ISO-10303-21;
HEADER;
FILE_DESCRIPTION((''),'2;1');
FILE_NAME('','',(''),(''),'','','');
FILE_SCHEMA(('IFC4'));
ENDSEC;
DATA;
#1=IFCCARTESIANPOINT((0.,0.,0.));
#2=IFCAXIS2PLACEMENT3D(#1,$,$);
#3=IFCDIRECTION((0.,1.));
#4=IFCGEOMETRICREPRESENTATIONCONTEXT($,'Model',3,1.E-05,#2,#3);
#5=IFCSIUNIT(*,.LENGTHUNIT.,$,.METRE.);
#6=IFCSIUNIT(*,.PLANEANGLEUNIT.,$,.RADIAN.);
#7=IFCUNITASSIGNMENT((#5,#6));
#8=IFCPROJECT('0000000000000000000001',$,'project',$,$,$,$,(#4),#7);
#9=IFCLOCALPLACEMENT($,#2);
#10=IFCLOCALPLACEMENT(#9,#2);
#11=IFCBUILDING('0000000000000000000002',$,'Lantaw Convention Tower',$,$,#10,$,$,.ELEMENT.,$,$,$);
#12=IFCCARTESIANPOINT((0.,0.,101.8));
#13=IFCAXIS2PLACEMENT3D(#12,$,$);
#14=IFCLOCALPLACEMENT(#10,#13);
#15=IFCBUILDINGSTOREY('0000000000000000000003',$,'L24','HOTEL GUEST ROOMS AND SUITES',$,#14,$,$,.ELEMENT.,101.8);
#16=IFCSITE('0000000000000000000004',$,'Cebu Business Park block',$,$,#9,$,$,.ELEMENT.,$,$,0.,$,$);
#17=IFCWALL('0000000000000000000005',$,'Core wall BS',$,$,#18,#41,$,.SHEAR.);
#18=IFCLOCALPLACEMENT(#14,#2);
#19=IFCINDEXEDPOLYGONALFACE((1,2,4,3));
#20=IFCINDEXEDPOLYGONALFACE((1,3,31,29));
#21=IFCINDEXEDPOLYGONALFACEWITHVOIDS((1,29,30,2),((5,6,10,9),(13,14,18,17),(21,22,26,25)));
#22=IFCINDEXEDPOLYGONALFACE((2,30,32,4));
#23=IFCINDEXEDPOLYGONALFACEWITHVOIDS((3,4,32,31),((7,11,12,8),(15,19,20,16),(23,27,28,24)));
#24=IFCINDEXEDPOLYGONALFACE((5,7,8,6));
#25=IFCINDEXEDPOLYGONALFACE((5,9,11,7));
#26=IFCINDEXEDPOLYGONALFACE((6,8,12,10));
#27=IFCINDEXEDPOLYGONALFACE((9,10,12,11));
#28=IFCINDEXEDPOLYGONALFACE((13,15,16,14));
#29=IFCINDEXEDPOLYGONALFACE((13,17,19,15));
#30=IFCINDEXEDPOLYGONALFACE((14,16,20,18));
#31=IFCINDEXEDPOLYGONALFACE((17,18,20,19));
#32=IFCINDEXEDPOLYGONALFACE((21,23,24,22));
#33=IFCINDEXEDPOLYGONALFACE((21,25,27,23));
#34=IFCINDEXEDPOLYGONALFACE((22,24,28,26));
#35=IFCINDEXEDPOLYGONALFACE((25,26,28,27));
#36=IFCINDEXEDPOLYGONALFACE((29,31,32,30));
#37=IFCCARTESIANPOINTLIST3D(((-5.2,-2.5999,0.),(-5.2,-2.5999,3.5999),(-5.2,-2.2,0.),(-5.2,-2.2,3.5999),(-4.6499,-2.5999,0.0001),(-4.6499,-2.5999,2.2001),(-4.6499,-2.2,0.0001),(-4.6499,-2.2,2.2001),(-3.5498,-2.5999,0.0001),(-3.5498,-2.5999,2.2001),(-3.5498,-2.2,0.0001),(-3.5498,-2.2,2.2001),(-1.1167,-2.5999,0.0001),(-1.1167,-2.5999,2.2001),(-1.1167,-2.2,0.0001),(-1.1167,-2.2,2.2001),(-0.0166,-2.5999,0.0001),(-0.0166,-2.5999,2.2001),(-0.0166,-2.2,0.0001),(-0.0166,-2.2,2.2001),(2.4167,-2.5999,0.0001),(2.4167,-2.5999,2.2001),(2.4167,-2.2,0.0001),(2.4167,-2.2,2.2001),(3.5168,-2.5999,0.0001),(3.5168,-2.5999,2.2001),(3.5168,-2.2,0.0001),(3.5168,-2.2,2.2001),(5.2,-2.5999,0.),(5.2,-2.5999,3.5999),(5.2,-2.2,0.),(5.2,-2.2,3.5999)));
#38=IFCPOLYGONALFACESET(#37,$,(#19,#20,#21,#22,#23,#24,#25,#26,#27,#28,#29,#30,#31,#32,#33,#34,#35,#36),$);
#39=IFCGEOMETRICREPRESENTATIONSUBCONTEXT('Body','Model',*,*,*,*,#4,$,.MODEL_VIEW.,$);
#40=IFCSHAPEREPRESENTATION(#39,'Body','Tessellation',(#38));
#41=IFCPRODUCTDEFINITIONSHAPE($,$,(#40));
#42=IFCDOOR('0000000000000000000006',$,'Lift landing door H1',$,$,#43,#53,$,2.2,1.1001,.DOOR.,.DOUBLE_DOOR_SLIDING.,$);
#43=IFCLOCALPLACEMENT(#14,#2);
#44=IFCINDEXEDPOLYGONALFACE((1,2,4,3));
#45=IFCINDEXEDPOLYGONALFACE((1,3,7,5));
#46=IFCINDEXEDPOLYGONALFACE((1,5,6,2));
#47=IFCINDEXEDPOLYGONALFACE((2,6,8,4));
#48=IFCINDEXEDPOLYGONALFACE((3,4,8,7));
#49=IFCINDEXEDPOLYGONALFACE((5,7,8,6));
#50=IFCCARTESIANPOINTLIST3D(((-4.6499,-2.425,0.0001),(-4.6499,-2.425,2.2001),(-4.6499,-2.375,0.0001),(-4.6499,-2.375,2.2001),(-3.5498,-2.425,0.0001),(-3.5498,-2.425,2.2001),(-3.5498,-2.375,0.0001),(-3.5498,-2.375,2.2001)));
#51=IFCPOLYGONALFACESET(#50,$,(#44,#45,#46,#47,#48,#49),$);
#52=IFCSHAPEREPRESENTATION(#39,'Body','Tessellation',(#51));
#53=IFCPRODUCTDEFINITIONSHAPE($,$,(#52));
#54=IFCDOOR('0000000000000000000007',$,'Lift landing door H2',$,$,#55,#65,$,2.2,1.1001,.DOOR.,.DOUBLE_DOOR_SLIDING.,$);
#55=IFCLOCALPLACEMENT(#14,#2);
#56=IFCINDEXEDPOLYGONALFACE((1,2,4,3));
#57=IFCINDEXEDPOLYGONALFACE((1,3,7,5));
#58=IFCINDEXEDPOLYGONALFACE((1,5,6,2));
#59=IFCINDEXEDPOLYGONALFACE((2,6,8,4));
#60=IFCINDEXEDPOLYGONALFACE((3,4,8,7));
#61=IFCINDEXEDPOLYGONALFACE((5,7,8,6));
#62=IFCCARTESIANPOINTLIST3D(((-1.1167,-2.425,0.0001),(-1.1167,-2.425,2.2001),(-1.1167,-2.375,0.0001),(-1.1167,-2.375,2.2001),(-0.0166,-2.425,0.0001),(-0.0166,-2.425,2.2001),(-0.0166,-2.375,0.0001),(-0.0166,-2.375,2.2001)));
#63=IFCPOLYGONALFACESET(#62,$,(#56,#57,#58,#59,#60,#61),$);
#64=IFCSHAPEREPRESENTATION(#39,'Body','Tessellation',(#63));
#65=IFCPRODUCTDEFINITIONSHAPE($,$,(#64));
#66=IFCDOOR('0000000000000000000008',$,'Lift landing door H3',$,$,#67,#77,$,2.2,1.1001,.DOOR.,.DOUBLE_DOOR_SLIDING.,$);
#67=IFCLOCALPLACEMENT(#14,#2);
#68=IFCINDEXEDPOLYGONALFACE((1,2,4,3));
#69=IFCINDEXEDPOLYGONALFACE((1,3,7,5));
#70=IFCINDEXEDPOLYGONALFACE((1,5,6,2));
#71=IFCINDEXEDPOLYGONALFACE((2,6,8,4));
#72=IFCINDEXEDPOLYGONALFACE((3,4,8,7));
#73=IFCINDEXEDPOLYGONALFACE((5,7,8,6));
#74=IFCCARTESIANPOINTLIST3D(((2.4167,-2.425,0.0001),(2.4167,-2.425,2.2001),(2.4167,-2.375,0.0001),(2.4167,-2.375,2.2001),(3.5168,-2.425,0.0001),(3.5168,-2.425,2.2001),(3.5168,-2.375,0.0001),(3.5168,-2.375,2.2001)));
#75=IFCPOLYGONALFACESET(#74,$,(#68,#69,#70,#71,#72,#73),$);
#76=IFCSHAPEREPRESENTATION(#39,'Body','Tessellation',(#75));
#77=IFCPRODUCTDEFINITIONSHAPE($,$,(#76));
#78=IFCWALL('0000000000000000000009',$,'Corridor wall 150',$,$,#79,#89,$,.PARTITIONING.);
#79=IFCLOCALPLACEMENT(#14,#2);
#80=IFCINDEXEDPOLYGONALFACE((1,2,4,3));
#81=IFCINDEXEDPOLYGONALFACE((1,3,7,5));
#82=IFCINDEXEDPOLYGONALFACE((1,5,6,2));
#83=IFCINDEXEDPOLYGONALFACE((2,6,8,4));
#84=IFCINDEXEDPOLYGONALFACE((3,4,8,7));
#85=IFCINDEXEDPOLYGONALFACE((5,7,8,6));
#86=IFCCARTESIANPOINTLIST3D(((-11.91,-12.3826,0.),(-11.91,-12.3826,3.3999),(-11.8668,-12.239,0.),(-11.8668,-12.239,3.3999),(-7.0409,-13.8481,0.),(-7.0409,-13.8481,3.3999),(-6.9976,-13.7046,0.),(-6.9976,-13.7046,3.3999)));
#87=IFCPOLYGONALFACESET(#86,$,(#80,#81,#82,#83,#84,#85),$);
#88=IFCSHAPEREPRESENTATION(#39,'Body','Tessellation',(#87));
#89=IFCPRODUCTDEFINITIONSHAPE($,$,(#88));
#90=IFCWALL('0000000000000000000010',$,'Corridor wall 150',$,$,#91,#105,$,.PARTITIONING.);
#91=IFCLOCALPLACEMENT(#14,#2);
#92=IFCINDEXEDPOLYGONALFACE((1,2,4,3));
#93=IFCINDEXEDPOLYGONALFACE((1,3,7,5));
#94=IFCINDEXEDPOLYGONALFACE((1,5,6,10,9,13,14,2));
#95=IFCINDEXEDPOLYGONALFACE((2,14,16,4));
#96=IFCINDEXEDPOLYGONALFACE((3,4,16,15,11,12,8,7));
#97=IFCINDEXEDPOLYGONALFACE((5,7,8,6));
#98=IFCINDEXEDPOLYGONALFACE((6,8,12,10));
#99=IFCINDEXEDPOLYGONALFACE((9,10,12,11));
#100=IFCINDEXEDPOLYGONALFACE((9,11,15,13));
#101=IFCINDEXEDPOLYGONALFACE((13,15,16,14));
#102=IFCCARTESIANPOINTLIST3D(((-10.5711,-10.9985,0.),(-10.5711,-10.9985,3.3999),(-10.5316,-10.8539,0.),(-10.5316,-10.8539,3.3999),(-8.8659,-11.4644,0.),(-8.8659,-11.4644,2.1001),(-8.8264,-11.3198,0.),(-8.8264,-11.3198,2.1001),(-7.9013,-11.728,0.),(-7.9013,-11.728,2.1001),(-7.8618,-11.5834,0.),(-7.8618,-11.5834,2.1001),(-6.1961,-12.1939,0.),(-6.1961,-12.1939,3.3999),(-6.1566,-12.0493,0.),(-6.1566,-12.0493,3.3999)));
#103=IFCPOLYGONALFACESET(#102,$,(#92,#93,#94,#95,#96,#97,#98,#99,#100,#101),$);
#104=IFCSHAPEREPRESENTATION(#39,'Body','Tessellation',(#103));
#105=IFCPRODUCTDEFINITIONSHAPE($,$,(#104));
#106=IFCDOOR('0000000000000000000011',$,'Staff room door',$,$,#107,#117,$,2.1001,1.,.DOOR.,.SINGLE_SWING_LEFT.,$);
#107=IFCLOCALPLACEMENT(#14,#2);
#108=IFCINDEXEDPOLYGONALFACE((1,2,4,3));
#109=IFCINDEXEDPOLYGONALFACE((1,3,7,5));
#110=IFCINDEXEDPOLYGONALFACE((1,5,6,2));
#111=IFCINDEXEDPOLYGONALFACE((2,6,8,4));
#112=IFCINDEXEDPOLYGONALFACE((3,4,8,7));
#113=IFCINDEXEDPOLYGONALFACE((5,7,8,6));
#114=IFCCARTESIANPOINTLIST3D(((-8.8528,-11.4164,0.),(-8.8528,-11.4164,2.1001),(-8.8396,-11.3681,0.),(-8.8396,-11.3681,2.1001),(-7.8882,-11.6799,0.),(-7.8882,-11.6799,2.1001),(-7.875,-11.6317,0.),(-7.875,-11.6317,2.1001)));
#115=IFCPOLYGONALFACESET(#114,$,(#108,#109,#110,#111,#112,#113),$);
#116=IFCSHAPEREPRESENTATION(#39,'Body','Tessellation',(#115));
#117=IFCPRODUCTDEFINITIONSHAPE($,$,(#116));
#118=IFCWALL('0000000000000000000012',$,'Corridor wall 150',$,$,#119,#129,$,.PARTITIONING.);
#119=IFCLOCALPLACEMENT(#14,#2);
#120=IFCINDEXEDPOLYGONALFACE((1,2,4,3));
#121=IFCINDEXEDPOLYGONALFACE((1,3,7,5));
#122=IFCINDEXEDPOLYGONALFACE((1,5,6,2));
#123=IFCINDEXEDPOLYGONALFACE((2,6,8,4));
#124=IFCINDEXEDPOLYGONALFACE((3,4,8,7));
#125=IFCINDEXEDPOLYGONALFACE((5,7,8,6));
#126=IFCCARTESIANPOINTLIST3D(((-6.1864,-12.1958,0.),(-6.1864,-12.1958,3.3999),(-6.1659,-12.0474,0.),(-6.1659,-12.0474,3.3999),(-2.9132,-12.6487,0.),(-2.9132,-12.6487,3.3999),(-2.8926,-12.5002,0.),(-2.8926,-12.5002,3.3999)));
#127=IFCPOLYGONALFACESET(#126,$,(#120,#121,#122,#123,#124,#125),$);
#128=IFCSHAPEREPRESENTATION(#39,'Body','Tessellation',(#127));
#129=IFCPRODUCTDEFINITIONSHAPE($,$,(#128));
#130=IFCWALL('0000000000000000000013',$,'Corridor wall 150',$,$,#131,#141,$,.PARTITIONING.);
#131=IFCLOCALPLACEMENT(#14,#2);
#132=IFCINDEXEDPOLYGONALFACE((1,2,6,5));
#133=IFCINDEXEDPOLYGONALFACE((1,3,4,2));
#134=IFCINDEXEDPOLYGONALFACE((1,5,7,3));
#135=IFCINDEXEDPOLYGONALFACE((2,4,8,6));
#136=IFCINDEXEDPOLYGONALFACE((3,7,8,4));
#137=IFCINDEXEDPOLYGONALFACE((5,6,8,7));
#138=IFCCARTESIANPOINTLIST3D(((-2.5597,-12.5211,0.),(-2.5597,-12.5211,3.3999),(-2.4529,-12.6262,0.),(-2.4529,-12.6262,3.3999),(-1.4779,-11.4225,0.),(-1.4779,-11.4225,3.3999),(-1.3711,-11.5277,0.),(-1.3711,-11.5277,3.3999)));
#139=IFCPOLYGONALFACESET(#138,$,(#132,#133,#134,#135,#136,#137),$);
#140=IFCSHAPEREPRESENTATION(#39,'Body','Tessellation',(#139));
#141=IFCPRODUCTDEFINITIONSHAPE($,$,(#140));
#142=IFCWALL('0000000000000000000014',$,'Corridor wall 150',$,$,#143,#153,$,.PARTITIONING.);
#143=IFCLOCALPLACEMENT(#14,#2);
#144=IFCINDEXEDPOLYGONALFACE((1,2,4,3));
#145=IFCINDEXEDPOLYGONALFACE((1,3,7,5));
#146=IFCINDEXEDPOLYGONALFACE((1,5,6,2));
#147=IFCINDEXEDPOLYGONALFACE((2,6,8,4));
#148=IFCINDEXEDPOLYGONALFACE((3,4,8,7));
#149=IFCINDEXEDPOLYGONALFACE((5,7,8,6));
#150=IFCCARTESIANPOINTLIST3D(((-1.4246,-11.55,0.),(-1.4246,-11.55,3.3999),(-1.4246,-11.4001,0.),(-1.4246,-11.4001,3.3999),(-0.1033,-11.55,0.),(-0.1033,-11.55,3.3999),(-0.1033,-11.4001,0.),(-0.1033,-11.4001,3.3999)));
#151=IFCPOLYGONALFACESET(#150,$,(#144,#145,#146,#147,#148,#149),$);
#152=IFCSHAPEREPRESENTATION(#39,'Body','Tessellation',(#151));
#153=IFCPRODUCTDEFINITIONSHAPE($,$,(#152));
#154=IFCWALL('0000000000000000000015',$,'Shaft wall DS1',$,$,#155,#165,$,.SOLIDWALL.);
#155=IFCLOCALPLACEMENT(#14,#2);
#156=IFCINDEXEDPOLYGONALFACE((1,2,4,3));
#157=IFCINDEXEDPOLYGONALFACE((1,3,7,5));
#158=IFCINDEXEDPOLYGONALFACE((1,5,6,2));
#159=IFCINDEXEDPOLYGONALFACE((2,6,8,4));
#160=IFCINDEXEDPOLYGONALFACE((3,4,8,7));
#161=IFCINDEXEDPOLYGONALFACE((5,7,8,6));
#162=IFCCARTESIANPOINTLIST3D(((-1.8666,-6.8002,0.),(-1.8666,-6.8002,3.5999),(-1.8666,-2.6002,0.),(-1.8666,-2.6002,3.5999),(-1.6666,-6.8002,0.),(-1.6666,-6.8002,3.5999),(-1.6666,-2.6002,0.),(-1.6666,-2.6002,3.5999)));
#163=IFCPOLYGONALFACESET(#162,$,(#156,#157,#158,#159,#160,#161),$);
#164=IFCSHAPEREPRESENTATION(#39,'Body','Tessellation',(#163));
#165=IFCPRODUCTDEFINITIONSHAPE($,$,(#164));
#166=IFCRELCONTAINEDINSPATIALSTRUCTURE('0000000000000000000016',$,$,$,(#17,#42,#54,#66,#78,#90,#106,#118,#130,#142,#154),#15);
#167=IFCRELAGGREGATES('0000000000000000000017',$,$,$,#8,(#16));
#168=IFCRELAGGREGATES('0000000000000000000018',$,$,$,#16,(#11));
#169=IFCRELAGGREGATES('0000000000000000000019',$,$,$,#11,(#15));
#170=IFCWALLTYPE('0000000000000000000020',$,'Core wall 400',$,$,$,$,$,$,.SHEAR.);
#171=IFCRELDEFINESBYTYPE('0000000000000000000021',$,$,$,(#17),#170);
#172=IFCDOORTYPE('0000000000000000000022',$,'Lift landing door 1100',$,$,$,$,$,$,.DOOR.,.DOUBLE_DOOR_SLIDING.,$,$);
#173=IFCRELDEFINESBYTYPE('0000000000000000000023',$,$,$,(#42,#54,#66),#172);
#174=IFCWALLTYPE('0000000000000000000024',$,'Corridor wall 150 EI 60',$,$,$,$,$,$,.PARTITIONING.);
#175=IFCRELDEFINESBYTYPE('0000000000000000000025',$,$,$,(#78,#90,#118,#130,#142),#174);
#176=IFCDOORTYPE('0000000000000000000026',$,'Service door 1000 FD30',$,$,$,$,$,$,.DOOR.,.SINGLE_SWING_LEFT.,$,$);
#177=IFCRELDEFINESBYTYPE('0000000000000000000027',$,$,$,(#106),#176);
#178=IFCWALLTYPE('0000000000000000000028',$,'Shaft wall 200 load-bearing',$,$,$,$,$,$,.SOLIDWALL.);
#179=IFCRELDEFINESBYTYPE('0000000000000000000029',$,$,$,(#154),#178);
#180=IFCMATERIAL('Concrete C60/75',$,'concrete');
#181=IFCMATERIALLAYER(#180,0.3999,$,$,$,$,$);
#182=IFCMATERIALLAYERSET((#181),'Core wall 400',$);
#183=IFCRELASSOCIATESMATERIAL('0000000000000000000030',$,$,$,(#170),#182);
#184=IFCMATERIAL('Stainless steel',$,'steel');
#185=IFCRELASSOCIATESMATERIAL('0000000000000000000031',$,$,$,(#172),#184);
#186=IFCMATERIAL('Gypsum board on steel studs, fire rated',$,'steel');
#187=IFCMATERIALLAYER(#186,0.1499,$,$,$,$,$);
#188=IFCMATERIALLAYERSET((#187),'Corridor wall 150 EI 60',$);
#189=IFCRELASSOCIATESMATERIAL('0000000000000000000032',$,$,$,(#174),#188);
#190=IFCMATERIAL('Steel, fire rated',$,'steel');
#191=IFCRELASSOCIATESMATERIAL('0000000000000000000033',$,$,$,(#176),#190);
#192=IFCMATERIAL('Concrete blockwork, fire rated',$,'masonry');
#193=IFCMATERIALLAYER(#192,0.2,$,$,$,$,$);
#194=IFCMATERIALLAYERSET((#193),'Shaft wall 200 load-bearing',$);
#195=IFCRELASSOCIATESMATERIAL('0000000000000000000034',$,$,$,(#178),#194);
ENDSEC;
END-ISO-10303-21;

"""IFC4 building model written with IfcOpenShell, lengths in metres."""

from ifc_helpers import new_model, si_unit, direction, frame, frame_2d, origin, place, context, subcontext, project, spatial, rectangle, extrude, material, layer, layer_set, type_object, element, fill, save


model = new_model("IFC4")

# Units and contexts
model_context = context("Model", 3, precision=1e-05, world=origin(), true_north=direction((0.0, 1.0)))
body_context = subcontext(model_context, "Body", "Model", "MODEL_VIEW")
ifc_project = project(units=[si_unit("LENGTHUNIT", "METRE"), si_unit("PLANEANGLEUNIT", "RADIAN")], contexts=[model_context])

# Site, building, storey
site_placement = place(None, origin())
site = spatial("IfcSite", under=ifc_project, at=site_placement, Name="Cebu Business Park block", CompositionType="ELEMENT", RefElevation=0.0)
building_placement = place(site_placement, origin())
building = spatial("IfcBuilding", under=site, at=building_placement, Name="Lantaw Convention Tower", CompositionType="ELEMENT")
storey_placement = place(building_placement, frame((0.0, 0.0, 101.8)))
storey = spatial("IfcBuildingStorey", under=building, at=storey_placement, Name="L24", Description="HOTEL GUEST ROOMS AND SUITES", CompositionType="ELEMENT", Elevation=101.8)

# Shared definitions
ifc_material_1 = material(Name="Concrete C60/75", Category="concrete")
ifc_material_2 = material(Name="Steel, fire rated", Category="steel")

# Wall, openings, doors
ifc_layer_1 = layer(ifc_material_1, 0.3999)
ifc_layer_set_1 = layer_set([ifc_layer_1], Name="Core wall 400")
wall_type_1 = type_object("IfcWallType", Name="Core wall 400", PredefinedType="SHEAR", material=ifc_layer_set_1)
wall_1_placement = place(storey_placement, frame((-5.2, -2.3999, 0.0), z_axis=(0.0, 0.0, 1.0), x_axis=(1.0, 0.0, 0.0)))
wall_1 = element("IfcWall", 1, at=wall_1_placement, inside=storey, type_object=wall_type_1, Name="Core wall BS", PredefinedType="SHEAR", context=body_context, shape_type="SweptSolid", body=[
    extrude(rectangle(XDim=10.3999, YDim=0.3999, at=frame_2d((5.2, 0.0))), origin(), (0.0, 0.0, 1.0), 3.5999),
])
opening_1_placement = place(wall_1_placement, frame((0.55, 0.0, 0.0)))
opening_1 = element("IfcOpeningElement", 2, at=opening_1_placement, cuts=wall_1, PredefinedType="OPENING", context=body_context, shape_type="SweptSolid", body=[
    extrude(rectangle(XDim=1.1001, YDim=2.2, at=frame_2d((0.55, 1.1001))), frame((0.0, 0.21, 0.0), z_axis=(0.0, -1.0, 0.0), x_axis=(1.0, 0.0, 0.0)), (0.0, 0.0, 1.0), 0.4199),
])
opening_2_placement = place(wall_1_placement, frame((4.0833, 0.0, 0.0)))
opening_2 = element("IfcOpeningElement", 3, at=opening_2_placement, cuts=wall_1, PredefinedType="OPENING", context=body_context, shape_type="SweptSolid", body=[
    extrude(rectangle(XDim=1.1001, YDim=2.2, at=frame_2d((0.55, 1.1001))), frame((0.0, 0.21, 0.0), z_axis=(0.0, -1.0, 0.0), x_axis=(1.0, 0.0, 0.0)), (0.0, 0.0, 1.0), 0.4199),
])
opening_3_placement = place(wall_1_placement, frame((7.6167, 0.0, 0.0)))
opening_3 = element("IfcOpeningElement", 4, at=opening_3_placement, cuts=wall_1, PredefinedType="OPENING", context=body_context, shape_type="SweptSolid", body=[
    extrude(rectangle(XDim=1.1001, YDim=2.2, at=frame_2d((0.55, 1.1001))), frame((0.0, 0.21, 0.0), z_axis=(0.0, -1.0, 0.0), x_axis=(1.0, 0.0, 0.0)), (0.0, 0.0, 1.0), 0.4199),
])
ifc_material_3 = material(Name="Stainless steel", Category="steel")
door_type_1 = type_object("IfcDoorType", Name="Lift landing door 1100", OperationType="DOUBLE_DOOR_SLIDING", PredefinedType="DOOR", material=ifc_material_3)
door_1_placement = place(opening_1_placement, origin())
door_1 = element("IfcDoor", 5, at=door_1_placement, inside=storey, type_object=door_type_1, Name="Lift landing door H1", OperationType="DOUBLE_DOOR_SLIDING", OverallHeight=2.2, OverallWidth=1.1001, PredefinedType="DOOR", context=body_context, shape_type="SweptSolid", body=[
    extrude(rectangle(XDim=1.1001, YDim=2.2, at=frame_2d((0.55, 1.1001))), frame((0.0, 0.0249, 0.0), z_axis=(0.0, -1.0, 0.0), x_axis=(1.0, 0.0, 0.0)), (0.0, 0.0, 1.0), 0.05),
])
fill(opening_1, door_1)
door_2_placement = place(opening_2_placement, origin())
door_2 = element("IfcDoor", 6, at=door_2_placement, inside=storey, type_object=door_type_1, Name="Lift landing door H2", OperationType="DOUBLE_DOOR_SLIDING", OverallHeight=2.2, OverallWidth=1.1001, PredefinedType="DOOR", context=body_context, shape_type="SweptSolid", body=[
    extrude(rectangle(XDim=1.1001, YDim=2.2, at=frame_2d((0.55, 1.1001))), frame((0.0, 0.0249, 0.0), z_axis=(0.0, -1.0, 0.0), x_axis=(1.0, 0.0, 0.0)), (0.0, 0.0, 1.0), 0.05),
])
fill(opening_2, door_2)
door_3_placement = place(opening_3_placement, origin())
door_3 = element("IfcDoor", 7, at=door_3_placement, inside=storey, type_object=door_type_1, Name="Lift landing door H3", OperationType="DOUBLE_DOOR_SLIDING", OverallHeight=2.2, OverallWidth=1.1001, PredefinedType="DOOR", context=body_context, shape_type="SweptSolid", body=[
    extrude(rectangle(XDim=1.1001, YDim=2.2, at=frame_2d((0.55, 1.1001))), frame((0.0, 0.0249, 0.0), z_axis=(0.0, -1.0, 0.0), x_axis=(1.0, 0.0, 0.0)), (0.0, 0.0, 1.0), 0.05),
])
fill(opening_3, door_3)

# Wall
ifc_material_4 = material(Name="Gypsum board on steel studs, fire rated", Category="steel")
ifc_layer_2 = layer(ifc_material_4, 0.1499)
ifc_layer_set_2 = layer_set([ifc_layer_2], Name="Corridor wall 150 EI 60")
wall_type_2 = type_object("IfcWallType", Name="Corridor wall 150 EI 60", PredefinedType="PARTITIONING", material=ifc_layer_set_2)
wall_2_placement = place(storey_placement, frame((-11.8884, -12.3108, 0.0), z_axis=(0.0, 0.0, 1.0), x_axis=(0.957564, -0.28822, 0.0)))
element("IfcWall", 8, at=wall_2_placement, inside=storey, type_object=wall_type_2, Name="Corridor wall 150", PredefinedType="PARTITIONING", context=body_context, shape_type="SweptSolid", body=[
    extrude(rectangle(XDim=5.085, YDim=0.1499, at=frame_2d((2.5425, 0.0))), origin(), (0.0, 0.0, 1.0), 3.3999),
])

# Wall, opening, door
wall_3_placement = place(storey_placement, frame((-10.5513, -10.9263, 0.0), z_axis=(0.0, 0.0, 1.0), x_axis=(0.964644, -0.263555, 0.0)))
wall_3 = element("IfcWall", 9, at=wall_3_placement, inside=storey, type_object=wall_type_2, Name="Corridor wall 150", PredefinedType="PARTITIONING", context=body_context, shape_type="SweptSolid", body=[
    extrude(rectangle(XDim=4.5354, YDim=0.1499, at=frame_2d((2.2676, 0.0))), origin(), (0.0, 0.0, 1.0), 3.3999),
])
opening_4_placement = place(wall_3_placement, frame((1.7676, 0.0, 0.0)))
opening_4 = element("IfcOpeningElement", 10, at=opening_4_placement, cuts=wall_3, PredefinedType="OPENING", context=body_context, shape_type="SweptSolid", body=[
    extrude(rectangle(XDim=1.0, YDim=2.1001, at=frame_2d((0.5, 1.05))), frame((0.0, 0.085, 0.0), z_axis=(0.0, -1.0, 0.0), x_axis=(1.0, 0.0, 0.0)), (0.0, 0.0, 1.0), 0.1699),
])
door_type_2 = type_object("IfcDoorType", Name="Service door 1000 FD30", OperationType="SINGLE_SWING_LEFT", PredefinedType="DOOR", material=ifc_material_2)
door_4_placement = place(opening_4_placement, origin())
door_4 = element("IfcDoor", 11, at=door_4_placement, inside=storey, type_object=door_type_2, Name="Staff room door", OperationType="SINGLE_SWING_LEFT", OverallHeight=2.1001, OverallWidth=1.0, PredefinedType="DOOR", context=body_context, shape_type="SweptSolid", body=[
    extrude(rectangle(XDim=1.0, YDim=2.1001, at=frame_2d((0.5, 1.05))), frame((0.0, 0.0249, 0.0), z_axis=(0.0, -1.0, 0.0), x_axis=(1.0, 0.0, 0.0)), (0.0, 0.0, 1.0), 0.05),
])
fill(opening_4, door_4)

# Walls
wall_4_placement = place(storey_placement, frame((-6.1763, -12.1216, 0.0), z_axis=(0.0, 0.0, 1.0), x_axis=(0.990563, -0.137055, 0.0)))
element("IfcWall", 12, at=wall_4_placement, inside=storey, type_object=wall_type_2, Name="Corridor wall 150", PredefinedType="PARTITIONING", context=body_context, shape_type="SweptSolid", body=[
    extrude(rectangle(XDim=3.3044, YDim=0.1499, at=frame_2d((1.6523, 0.0))), origin(), (0.0, 0.0, 1.0), 3.3999),
])
wall_5_placement = place(storey_placement, frame((-2.5063, -12.5737, 0.0), z_axis=(0.0, 0.0, 1.0), x_axis=(0.701623, 0.712549, 0.0)))
element("IfcWall", 13, at=wall_5_placement, inside=storey, type_object=wall_type_2, Name="Corridor wall 150", PredefinedType="PARTITIONING", context=body_context, shape_type="SweptSolid", body=[
    extrude(rectangle(XDim=1.5417, YDim=0.1499, at=frame_2d((0.771, 0.0))), origin(), (0.0, 0.0, 1.0), 3.3999),
])
wall_6_placement = place(storey_placement, frame((-1.4246, -11.4751, 0.0), z_axis=(0.0, 0.0, 1.0), x_axis=(1.0, 0.0, 0.0)))
element("IfcWall", 14, at=wall_6_placement, inside=storey, type_object=wall_type_2, Name="Corridor wall 150", PredefinedType="PARTITIONING", context=body_context, shape_type="SweptSolid", body=[
    extrude(rectangle(XDim=1.3213, YDim=0.1499, at=frame_2d((0.6606, 0.0))), origin(), (0.0, 0.0, 1.0), 3.3999),
])
ifc_material_5 = material(Name="Concrete blockwork, fire rated", Category="masonry")
ifc_layer_3 = layer(ifc_material_5, 0.2)
ifc_layer_set_3 = layer_set([ifc_layer_3], Name="Shaft wall 200 load-bearing")
wall_type_3 = type_object("IfcWallType", Name="Shaft wall 200 load-bearing", PredefinedType="SOLIDWALL", material=ifc_layer_set_3)
wall_7_placement = place(storey_placement, frame((-1.7666, -2.6001, 0.0), z_axis=(0.0, 0.0, 1.0), x_axis=(0.0, -1.0, 0.0)))
element("IfcWall", 15, at=wall_7_placement, inside=storey, type_object=wall_type_3, Name="Shaft wall DS1", PredefinedType="SOLIDWALL", context=body_context, shape_type="SweptSolid", body=[
    extrude(rectangle(XDim=4.2, YDim=0.2, at=frame_2d((2.1001, 0.0))), origin(), (0.0, 0.0, 1.0), 3.5999),
])

save(model, "model.ifc")
